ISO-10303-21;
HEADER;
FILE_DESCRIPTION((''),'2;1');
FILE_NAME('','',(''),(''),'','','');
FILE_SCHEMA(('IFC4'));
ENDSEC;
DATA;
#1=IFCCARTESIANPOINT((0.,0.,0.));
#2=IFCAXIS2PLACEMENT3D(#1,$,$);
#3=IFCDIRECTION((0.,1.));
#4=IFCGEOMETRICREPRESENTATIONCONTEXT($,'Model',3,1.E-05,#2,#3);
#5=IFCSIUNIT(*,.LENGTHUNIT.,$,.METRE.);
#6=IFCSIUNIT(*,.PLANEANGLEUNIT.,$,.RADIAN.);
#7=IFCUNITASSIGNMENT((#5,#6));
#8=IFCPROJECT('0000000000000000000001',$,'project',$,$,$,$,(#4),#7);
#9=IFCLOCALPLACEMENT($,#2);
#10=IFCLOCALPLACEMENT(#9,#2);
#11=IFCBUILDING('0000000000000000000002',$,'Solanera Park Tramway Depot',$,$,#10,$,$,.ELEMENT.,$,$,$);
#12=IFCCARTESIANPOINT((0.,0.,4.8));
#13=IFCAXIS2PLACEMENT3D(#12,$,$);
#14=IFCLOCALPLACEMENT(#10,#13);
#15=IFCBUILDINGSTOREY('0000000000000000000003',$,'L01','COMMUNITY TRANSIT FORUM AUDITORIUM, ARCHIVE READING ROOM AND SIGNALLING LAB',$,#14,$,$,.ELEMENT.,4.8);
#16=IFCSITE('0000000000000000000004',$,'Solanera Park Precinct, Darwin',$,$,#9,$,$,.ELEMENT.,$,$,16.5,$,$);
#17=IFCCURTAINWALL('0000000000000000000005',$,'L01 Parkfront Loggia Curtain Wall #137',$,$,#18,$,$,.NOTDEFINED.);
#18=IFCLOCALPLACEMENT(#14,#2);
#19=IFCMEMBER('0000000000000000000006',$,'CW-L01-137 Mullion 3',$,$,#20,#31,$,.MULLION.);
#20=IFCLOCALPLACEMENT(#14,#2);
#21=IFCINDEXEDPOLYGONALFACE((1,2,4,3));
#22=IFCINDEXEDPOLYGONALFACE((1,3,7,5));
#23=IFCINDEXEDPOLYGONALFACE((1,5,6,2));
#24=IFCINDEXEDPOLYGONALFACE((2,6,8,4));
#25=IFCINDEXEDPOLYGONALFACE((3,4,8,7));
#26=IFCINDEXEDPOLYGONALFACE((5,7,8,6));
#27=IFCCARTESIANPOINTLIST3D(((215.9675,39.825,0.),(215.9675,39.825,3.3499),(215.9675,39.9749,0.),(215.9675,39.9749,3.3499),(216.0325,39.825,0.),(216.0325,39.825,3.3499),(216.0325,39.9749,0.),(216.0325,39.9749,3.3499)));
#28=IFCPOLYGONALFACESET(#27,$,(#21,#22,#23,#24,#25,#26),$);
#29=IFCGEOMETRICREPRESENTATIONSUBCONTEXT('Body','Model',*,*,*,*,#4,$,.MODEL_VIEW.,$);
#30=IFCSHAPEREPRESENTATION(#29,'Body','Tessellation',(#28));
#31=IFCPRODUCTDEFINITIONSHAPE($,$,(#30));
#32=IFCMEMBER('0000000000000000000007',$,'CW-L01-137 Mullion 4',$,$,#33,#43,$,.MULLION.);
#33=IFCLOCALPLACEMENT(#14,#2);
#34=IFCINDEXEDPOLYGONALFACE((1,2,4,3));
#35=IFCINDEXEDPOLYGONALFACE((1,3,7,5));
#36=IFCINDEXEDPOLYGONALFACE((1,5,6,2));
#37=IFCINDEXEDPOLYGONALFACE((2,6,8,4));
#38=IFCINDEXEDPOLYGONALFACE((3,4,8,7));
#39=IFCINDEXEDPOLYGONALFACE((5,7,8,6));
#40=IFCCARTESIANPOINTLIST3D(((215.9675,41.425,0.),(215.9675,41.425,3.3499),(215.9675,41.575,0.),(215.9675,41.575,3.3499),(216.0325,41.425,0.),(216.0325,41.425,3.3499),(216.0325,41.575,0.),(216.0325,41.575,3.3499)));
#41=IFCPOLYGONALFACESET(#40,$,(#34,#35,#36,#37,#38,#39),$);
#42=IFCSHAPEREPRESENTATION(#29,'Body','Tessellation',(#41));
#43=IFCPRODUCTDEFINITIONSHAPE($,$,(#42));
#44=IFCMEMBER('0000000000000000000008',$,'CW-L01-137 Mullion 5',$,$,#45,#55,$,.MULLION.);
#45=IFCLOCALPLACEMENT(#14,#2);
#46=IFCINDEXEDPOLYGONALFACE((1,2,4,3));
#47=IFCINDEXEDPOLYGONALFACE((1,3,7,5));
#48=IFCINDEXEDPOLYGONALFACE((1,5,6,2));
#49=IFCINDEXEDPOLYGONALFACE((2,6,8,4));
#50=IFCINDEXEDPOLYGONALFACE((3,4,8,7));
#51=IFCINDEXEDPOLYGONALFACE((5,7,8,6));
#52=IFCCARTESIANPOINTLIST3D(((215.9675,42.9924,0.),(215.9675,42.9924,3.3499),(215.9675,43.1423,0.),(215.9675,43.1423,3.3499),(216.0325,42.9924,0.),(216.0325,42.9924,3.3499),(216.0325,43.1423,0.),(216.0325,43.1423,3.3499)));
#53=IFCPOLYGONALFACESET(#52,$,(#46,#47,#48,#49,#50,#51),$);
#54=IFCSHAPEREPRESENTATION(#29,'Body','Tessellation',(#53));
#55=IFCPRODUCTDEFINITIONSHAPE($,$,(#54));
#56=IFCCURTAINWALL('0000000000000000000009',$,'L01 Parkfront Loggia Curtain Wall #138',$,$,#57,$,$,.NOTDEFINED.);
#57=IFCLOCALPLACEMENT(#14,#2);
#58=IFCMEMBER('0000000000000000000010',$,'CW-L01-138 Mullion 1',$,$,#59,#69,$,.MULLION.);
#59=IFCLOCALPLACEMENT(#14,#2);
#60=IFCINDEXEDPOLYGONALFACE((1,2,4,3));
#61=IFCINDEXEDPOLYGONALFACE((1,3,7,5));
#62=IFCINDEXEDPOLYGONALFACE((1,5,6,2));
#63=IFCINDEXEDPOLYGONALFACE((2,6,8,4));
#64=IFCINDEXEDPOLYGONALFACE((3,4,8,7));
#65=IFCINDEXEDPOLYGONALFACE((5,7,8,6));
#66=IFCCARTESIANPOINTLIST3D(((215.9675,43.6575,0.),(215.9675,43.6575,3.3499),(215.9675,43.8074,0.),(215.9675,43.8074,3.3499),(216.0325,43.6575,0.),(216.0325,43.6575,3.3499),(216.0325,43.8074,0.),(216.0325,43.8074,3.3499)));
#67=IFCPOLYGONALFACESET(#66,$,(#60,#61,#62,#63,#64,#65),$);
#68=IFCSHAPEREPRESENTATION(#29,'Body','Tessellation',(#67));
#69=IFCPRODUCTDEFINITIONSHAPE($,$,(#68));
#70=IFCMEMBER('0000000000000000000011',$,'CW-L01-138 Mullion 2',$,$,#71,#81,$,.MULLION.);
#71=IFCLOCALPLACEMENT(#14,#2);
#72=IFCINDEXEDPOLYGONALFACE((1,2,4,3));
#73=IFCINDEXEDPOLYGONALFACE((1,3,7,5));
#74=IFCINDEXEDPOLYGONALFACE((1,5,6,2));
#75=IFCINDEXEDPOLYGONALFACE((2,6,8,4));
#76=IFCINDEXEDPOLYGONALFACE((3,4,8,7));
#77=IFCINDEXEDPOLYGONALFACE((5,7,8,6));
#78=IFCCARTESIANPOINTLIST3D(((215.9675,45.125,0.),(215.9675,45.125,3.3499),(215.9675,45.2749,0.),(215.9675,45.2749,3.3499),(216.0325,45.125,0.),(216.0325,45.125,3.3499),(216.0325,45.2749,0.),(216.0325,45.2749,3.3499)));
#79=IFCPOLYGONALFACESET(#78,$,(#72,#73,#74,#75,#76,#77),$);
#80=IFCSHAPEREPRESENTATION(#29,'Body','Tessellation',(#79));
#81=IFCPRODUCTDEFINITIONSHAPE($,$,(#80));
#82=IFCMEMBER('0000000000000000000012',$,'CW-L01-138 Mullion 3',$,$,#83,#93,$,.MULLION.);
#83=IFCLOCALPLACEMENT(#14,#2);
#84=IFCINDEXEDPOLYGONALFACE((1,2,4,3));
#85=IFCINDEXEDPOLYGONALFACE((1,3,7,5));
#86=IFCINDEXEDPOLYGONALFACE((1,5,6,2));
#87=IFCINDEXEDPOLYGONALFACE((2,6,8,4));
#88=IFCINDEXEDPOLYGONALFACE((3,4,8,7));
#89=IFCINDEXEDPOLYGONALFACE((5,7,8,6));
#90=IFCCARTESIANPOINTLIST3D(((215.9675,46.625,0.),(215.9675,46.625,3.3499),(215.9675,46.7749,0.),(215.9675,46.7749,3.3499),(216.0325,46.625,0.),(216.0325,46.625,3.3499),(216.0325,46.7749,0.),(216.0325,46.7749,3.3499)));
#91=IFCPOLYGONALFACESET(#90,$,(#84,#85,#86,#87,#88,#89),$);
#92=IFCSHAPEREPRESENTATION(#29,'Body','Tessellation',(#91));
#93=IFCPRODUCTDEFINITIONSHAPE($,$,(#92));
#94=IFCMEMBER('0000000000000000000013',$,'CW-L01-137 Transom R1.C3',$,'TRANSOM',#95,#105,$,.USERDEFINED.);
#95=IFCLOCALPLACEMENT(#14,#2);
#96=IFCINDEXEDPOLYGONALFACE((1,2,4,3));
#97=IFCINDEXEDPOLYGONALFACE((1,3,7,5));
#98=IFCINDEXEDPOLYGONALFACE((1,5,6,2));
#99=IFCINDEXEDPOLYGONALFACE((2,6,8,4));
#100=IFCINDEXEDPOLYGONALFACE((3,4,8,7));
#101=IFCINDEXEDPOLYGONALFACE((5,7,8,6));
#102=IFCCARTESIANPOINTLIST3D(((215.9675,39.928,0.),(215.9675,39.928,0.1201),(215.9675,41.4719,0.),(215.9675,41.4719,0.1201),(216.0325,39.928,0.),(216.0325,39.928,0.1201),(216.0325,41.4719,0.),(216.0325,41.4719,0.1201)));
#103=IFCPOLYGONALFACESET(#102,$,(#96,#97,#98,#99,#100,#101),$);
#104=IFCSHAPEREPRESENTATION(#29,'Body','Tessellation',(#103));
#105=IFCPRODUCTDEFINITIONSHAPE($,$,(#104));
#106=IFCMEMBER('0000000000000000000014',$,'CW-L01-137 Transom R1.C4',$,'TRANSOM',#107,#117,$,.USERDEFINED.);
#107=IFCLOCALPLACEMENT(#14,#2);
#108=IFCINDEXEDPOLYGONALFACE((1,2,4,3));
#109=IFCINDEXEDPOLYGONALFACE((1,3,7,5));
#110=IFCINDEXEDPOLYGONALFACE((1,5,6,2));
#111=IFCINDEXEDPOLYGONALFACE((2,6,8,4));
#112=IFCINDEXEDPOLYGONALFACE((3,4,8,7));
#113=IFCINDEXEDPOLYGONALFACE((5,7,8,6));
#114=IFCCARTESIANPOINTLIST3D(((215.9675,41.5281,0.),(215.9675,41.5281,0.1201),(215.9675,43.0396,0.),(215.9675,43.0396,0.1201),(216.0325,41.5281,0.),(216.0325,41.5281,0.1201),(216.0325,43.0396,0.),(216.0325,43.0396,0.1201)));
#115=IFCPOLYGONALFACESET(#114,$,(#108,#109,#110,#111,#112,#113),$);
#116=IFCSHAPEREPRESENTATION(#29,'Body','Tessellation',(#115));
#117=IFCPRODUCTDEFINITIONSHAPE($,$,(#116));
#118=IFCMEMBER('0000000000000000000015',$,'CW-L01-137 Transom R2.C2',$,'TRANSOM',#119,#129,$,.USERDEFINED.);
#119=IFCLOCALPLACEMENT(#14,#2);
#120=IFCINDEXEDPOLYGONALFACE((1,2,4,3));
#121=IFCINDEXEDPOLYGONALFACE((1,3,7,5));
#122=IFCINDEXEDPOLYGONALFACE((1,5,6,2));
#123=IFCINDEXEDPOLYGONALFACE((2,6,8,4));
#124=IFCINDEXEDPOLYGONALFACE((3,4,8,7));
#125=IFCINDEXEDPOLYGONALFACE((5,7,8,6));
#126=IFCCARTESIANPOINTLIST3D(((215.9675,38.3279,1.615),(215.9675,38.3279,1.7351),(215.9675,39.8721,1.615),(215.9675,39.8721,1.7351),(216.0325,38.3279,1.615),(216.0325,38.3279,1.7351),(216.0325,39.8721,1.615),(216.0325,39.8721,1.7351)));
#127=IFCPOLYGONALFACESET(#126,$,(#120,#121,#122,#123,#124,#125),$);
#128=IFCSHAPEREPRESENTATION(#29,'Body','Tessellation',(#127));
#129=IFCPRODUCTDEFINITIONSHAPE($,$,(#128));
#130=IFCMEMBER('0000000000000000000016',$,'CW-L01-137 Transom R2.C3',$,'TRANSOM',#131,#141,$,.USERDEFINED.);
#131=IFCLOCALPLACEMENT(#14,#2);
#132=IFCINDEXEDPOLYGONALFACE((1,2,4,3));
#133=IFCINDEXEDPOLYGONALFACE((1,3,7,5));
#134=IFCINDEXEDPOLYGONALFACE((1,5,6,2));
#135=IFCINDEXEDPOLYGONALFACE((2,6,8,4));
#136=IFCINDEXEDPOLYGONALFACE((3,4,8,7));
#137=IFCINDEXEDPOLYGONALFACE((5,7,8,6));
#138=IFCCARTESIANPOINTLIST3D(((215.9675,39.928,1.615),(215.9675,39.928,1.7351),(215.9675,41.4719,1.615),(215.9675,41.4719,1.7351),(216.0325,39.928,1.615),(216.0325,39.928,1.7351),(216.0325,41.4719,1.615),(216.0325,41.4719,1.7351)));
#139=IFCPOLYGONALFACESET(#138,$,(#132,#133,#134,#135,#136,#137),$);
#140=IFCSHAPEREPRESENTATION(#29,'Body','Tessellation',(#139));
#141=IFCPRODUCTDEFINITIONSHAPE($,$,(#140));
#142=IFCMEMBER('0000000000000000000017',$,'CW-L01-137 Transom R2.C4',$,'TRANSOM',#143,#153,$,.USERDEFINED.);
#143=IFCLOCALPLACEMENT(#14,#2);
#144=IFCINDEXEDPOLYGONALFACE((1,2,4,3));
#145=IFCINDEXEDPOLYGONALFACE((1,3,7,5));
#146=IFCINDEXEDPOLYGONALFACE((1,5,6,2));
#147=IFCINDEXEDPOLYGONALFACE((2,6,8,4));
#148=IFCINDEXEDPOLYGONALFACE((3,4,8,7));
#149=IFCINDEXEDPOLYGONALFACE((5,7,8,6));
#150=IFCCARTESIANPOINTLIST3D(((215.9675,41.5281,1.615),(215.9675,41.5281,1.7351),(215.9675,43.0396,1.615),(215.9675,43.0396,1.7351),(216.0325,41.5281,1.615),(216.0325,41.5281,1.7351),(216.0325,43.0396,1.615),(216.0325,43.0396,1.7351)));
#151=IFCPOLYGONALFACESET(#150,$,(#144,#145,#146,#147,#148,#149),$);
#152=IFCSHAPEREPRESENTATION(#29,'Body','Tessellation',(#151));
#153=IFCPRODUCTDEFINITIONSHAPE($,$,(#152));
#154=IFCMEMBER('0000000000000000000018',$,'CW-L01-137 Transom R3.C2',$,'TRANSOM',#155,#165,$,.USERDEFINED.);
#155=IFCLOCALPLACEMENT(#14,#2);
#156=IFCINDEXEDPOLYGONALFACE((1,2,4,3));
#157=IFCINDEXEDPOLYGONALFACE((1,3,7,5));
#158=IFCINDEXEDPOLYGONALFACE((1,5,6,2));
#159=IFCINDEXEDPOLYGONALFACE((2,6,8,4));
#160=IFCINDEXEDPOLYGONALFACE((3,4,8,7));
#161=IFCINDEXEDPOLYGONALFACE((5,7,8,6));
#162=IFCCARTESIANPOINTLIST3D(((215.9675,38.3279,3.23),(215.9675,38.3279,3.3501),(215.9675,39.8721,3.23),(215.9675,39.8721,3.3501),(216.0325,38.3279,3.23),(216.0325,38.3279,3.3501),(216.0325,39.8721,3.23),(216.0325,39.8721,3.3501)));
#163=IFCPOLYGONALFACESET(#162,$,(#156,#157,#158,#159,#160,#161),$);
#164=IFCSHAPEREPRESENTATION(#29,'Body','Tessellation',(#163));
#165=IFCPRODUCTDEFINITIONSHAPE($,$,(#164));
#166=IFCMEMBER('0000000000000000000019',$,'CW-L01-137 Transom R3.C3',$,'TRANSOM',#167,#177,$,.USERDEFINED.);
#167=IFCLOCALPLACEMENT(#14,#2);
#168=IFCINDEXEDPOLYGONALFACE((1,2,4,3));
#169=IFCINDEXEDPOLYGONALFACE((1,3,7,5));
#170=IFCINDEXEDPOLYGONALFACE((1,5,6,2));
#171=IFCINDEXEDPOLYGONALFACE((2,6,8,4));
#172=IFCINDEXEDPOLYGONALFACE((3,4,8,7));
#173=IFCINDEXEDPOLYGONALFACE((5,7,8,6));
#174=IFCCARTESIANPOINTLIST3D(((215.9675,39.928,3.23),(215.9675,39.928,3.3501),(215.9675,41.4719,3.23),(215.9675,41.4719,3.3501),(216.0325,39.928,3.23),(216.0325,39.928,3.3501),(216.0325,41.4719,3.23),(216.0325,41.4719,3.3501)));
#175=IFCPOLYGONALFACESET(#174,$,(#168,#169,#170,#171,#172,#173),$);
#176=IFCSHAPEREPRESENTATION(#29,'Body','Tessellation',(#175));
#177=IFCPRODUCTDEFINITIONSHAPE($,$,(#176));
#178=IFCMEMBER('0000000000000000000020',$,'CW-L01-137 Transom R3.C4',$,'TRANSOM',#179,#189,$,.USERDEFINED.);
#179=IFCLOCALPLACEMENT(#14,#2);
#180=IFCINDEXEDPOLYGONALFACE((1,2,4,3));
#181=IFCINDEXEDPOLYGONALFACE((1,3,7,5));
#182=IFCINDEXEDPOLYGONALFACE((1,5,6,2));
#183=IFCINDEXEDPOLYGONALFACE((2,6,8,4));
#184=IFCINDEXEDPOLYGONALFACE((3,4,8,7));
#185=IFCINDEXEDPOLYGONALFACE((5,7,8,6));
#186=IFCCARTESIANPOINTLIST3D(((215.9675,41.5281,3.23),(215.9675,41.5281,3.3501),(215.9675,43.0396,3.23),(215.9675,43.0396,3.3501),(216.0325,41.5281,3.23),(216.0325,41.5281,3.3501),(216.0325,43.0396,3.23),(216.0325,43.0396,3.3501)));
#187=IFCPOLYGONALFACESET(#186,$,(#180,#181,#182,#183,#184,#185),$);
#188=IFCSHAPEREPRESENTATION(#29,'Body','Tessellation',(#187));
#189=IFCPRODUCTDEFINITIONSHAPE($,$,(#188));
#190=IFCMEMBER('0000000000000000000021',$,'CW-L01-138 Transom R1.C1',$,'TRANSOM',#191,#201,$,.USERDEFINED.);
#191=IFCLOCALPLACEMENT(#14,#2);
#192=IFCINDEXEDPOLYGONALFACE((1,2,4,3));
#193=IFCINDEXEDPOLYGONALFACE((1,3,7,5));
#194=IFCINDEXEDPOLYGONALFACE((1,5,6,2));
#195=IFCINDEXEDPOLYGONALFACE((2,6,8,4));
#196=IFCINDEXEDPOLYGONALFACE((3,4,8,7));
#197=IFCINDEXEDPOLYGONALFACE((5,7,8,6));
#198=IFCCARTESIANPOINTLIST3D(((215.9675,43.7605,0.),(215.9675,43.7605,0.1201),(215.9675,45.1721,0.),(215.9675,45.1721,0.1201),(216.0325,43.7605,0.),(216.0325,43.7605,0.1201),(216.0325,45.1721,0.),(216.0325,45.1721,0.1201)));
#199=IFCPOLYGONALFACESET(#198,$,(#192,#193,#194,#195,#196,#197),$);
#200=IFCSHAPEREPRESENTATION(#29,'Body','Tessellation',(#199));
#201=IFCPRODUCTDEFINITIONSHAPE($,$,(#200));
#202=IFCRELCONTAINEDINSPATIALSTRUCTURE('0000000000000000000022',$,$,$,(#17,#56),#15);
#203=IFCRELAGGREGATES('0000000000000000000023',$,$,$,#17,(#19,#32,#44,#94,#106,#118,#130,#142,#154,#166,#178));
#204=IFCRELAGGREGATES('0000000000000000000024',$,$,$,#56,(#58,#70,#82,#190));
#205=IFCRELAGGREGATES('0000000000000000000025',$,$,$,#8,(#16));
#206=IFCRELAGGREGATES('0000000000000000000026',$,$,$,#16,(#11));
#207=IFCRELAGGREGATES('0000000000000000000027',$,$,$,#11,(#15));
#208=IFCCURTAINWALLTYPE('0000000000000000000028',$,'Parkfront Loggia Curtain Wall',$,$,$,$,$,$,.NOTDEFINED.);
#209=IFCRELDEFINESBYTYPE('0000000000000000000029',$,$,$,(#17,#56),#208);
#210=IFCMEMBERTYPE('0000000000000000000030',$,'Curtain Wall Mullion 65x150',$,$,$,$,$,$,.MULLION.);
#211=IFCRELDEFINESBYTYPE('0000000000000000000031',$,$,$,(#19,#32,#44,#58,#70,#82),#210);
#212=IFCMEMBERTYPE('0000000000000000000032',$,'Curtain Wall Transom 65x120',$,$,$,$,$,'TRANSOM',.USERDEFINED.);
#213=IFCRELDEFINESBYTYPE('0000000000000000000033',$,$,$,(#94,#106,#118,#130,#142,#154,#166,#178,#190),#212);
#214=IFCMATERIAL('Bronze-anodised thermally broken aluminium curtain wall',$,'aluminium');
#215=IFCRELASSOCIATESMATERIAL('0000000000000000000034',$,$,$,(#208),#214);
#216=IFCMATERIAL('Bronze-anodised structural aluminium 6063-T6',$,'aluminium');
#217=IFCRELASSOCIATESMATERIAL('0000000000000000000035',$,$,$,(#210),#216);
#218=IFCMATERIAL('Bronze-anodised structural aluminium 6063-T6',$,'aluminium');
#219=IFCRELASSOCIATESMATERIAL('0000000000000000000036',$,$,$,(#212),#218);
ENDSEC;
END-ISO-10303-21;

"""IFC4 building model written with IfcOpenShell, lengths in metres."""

from ifc_helpers import new_model, si_unit, direction, frame, origin, origin_2d, place, context, subcontext, project, spatial, rectangle, extrude, material, material_profile, profile_set, type_object, element, aggregate, save


model = new_model("IFC4")

# Units and contexts
model_context = context("Model", 3, precision=1e-05, world=origin(), true_north=direction((0.0, 1.0)))
body_context = subcontext(model_context, "Body", "Model", "MODEL_VIEW")
ifc_project = project(units=[si_unit("LENGTHUNIT", "METRE"), si_unit("PLANEANGLEUNIT", "RADIAN")], contexts=[model_context])

# Site, building, storey
site_placement = place(None, origin())
site = spatial("IfcSite", under=ifc_project, at=site_placement, Name="Solanera Park Precinct, Darwin", CompositionType="ELEMENT", RefElevation=16.5)
building_placement = place(site_placement, origin())
building = spatial("IfcBuilding", under=site, at=building_placement, Name="Solanera Park Tramway Depot", CompositionType="ELEMENT")
storey_placement = place(building_placement, frame((0.0, 0.0, 4.8)))
storey = spatial("IfcBuildingStorey", under=building, at=storey_placement, Name="L01", Description="COMMUNITY TRANSIT FORUM AUDITORIUM, ARCHIVE READING ROOM AND SIGNALLING LAB", CompositionType="ELEMENT", Elevation=4.8)

# Curtain walls, members
ifc_material_1 = material(Name="Bronze-anodised thermally broken aluminium curtain wall", Category="aluminium")
curtain_wall_type = type_object("IfcCurtainWallType", Name="Parkfront Loggia Curtain Wall", PredefinedType="NOTDEFINED", material=ifc_material_1)
curtain_wall_1_placement = place(storey_placement, origin())
curtain_wall_1 = element("IfcCurtainWall", 1, at=curtain_wall_1_placement, inside=storey, type_object=curtain_wall_type, Name="L01 Parkfront Loggia Curtain Wall #137", PredefinedType="NOTDEFINED")
ifc_material_2 = material(Name="Bronze-anodised structural aluminium 6063-T6", Category="aluminium")
ifc_material_profile_1 = material_profile(ifc_material_2, rectangle(XDim=0.0649, YDim=0.1499, at=origin_2d()), Name="Curtain Wall Mullion 65x150")
ifc_profile_set_1 = profile_set([ifc_material_profile_1], Name="Bronze-anodised structural aluminium 6063-T6")
member_type_1 = type_object("IfcMemberType", Name="Curtain Wall Mullion 65x150", PredefinedType="MULLION", material=ifc_profile_set_1)
member_1_placement = place(storey_placement, frame((216.0, 39.8999, 0.0), z_axis=(0.0, 0.0, 1.0), x_axis=(1.0, 0.0, 0.0)))
member_1 = element("IfcMember", 2, at=member_1_placement, type_object=member_type_1, Name="CW-L01-137 Mullion 3", PredefinedType="MULLION", context=body_context, shape_type="SweptSolid", body=[
    extrude(rectangle(XDim=0.0649, YDim=0.1499, at=origin_2d()), origin(), (0.0, 0.0, 1.0), 3.3499),
])
member_2_placement = place(storey_placement, frame((216.0, 41.5, 0.0), z_axis=(0.0, 0.0, 1.0), x_axis=(1.0, 0.0, 0.0)))
member_2 = element("IfcMember", 3, at=member_2_placement, type_object=member_type_1, Name="CW-L01-137 Mullion 4", PredefinedType="MULLION", context=body_context, shape_type="SweptSolid", body=[
    extrude(rectangle(XDim=0.0649, YDim=0.1499, at=origin_2d()), origin(), (0.0, 0.0, 1.0), 3.3499),
])
member_3_placement = place(storey_placement, frame((216.0, 43.0674, 0.0), z_axis=(0.0, 0.0, 1.0), x_axis=(1.0, 0.0, 0.0)))
member_3 = element("IfcMember", 4, at=member_3_placement, type_object=member_type_1, Name="CW-L01-137 Mullion 5", PredefinedType="MULLION", context=body_context, shape_type="SweptSolid", body=[
    extrude(rectangle(XDim=0.0649, YDim=0.1499, at=origin_2d()), origin(), (0.0, 0.0, 1.0), 3.3499),
])
curtain_wall_2_placement = place(storey_placement, origin())
curtain_wall_2 = element("IfcCurtainWall", 5, at=curtain_wall_2_placement, inside=storey, type_object=curtain_wall_type, Name="L01 Parkfront Loggia Curtain Wall #138", PredefinedType="NOTDEFINED")
member_4_placement = place(storey_placement, frame((216.0, 43.7324, 0.0), z_axis=(0.0, 0.0, 1.0), x_axis=(1.0, 0.0, 0.0)))
member_4 = element("IfcMember", 6, at=member_4_placement, type_object=member_type_1, Name="CW-L01-138 Mullion 1", PredefinedType="MULLION", context=body_context, shape_type="SweptSolid", body=[
    extrude(rectangle(XDim=0.0649, YDim=0.1499, at=origin_2d()), origin(), (0.0, 0.0, 1.0), 3.3499),
])
member_5_placement = place(storey_placement, frame((216.0, 45.2, 0.0), z_axis=(0.0, 0.0, 1.0), x_axis=(1.0, 0.0, 0.0)))
member_5 = element("IfcMember", 7, at=member_5_placement, type_object=member_type_1, Name="CW-L01-138 Mullion 2", PredefinedType="MULLION", context=body_context, shape_type="SweptSolid", body=[
    extrude(rectangle(XDim=0.0649, YDim=0.1499, at=origin_2d()), origin(), (0.0, 0.0, 1.0), 3.3499),
])
member_6_placement = place(storey_placement, frame((216.0, 46.7, 0.0), z_axis=(0.0, 0.0, 1.0), x_axis=(1.0, 0.0, 0.0)))
member_6 = element("IfcMember", 8, at=member_6_placement, type_object=member_type_1, Name="CW-L01-138 Mullion 3", PredefinedType="MULLION", context=body_context, shape_type="SweptSolid", body=[
    extrude(rectangle(XDim=0.0649, YDim=0.1499, at=origin_2d()), origin(), (0.0, 0.0, 1.0), 3.3499),
])

# Members
ifc_material_3 = material(Name="Bronze-anodised structural aluminium 6063-T6", Category="aluminium")
ifc_material_profile_2 = material_profile(ifc_material_3, rectangle(XDim=0.0649, YDim=0.1201, at=origin_2d()), Name="Curtain Wall Transom 65x120")
ifc_profile_set_2 = profile_set([ifc_material_profile_2], Name="Bronze-anodised structural aluminium 6063-T6")
member_type_2 = type_object("IfcMemberType", Name="Curtain Wall Transom 65x120", ElementType="TRANSOM", PredefinedType="USERDEFINED", material=ifc_profile_set_2)
member_7_placement = place(storey_placement, frame((216.0, 39.928, 0.0601), z_axis=(0.0, 1.0, 0.0), x_axis=(-1.0, 0.0, 0.0)))
member_7 = element("IfcMember", 9, at=member_7_placement, type_object=member_type_2, Name="CW-L01-137 Transom R1.C3", ObjectType="TRANSOM", PredefinedType="USERDEFINED", context=body_context, shape_type="SweptSolid", body=[
    extrude(rectangle(XDim=0.0649, YDim=0.1201, at=origin_2d()), origin(), (0.0, 0.0, 1.0), 1.5439),
])
member_8_placement = place(storey_placement, frame((216.0, 41.5281, 0.0601), z_axis=(0.0, 1.0, 0.0), x_axis=(-1.0, 0.0, 0.0)))
member_8 = element("IfcMember", 10, at=member_8_placement, type_object=member_type_2, Name="CW-L01-137 Transom R1.C4", ObjectType="TRANSOM", PredefinedType="USERDEFINED", context=body_context, shape_type="SweptSolid", body=[
    extrude(rectangle(XDim=0.0649, YDim=0.1201, at=origin_2d()), origin(), (0.0, 0.0, 1.0), 1.5115),
])
member_9_placement = place(storey_placement, frame((216.0, 38.3279, 1.675), z_axis=(0.0, 1.0, 0.0), x_axis=(-1.0, 0.0, 0.0)))
member_9 = element("IfcMember", 11, at=member_9_placement, type_object=member_type_2, Name="CW-L01-137 Transom R2.C2", ObjectType="TRANSOM", PredefinedType="USERDEFINED", context=body_context, shape_type="SweptSolid", body=[
    extrude(rectangle(XDim=0.0649, YDim=0.1201, at=origin_2d()), origin(), (0.0, 0.0, 1.0), 1.5442),
])
member_10_placement = place(storey_placement, frame((216.0, 39.928, 1.675), z_axis=(0.0, 1.0, 0.0), x_axis=(-1.0, 0.0, 0.0)))
member_10 = element("IfcMember", 12, at=member_10_placement, type_object=member_type_2, Name="CW-L01-137 Transom R2.C3", ObjectType="TRANSOM", PredefinedType="USERDEFINED", context=body_context, shape_type="SweptSolid", body=[
    extrude(rectangle(XDim=0.0649, YDim=0.1201, at=origin_2d()), origin(), (0.0, 0.0, 1.0), 1.5439),
])
member_11_placement = place(storey_placement, frame((216.0, 41.5281, 1.675), z_axis=(0.0, 1.0, 0.0), x_axis=(-1.0, 0.0, 0.0)))
member_11 = element("IfcMember", 13, at=member_11_placement, type_object=member_type_2, Name="CW-L01-137 Transom R2.C4", ObjectType="TRANSOM", PredefinedType="USERDEFINED", context=body_context, shape_type="SweptSolid", body=[
    extrude(rectangle(XDim=0.0649, YDim=0.1201, at=origin_2d()), origin(), (0.0, 0.0, 1.0), 1.5115),
])
member_12_placement = place(storey_placement, frame((216.0, 38.3279, 3.29), z_axis=(0.0, 1.0, 0.0), x_axis=(-1.0, 0.0, 0.0)))
member_12 = element("IfcMember", 14, at=member_12_placement, type_object=member_type_2, Name="CW-L01-137 Transom R3.C2", ObjectType="TRANSOM", PredefinedType="USERDEFINED", context=body_context, shape_type="SweptSolid", body=[
    extrude(rectangle(XDim=0.0649, YDim=0.1201, at=origin_2d()), origin(), (0.0, 0.0, 1.0), 1.5442),
])
member_13_placement = place(storey_placement, frame((216.0, 39.928, 3.29), z_axis=(0.0, 1.0, 0.0), x_axis=(-1.0, 0.0, 0.0)))
member_13 = element("IfcMember", 15, at=member_13_placement, type_object=member_type_2, Name="CW-L01-137 Transom R3.C3", ObjectType="TRANSOM", PredefinedType="USERDEFINED", context=body_context, shape_type="SweptSolid", body=[
    extrude(rectangle(XDim=0.0649, YDim=0.1201, at=origin_2d()), origin(), (0.0, 0.0, 1.0), 1.5439),
])
member_14_placement = place(storey_placement, frame((216.0, 41.5281, 3.29), z_axis=(0.0, 1.0, 0.0), x_axis=(-1.0, 0.0, 0.0)))
member_14 = element("IfcMember", 16, at=member_14_placement, type_object=member_type_2, Name="CW-L01-137 Transom R3.C4", ObjectType="TRANSOM", PredefinedType="USERDEFINED", context=body_context, shape_type="SweptSolid", body=[
    extrude(rectangle(XDim=0.0649, YDim=0.1201, at=origin_2d()), origin(), (0.0, 0.0, 1.0), 1.5115),
])
member_15_placement = place(storey_placement, frame((216.0, 43.7605, 0.0601), z_axis=(0.0, 1.0, 0.0), x_axis=(-1.0, 0.0, 0.0)))
member_15 = element("IfcMember", 17, at=member_15_placement, type_object=member_type_2, Name="CW-L01-138 Transom R1.C1", ObjectType="TRANSOM", PredefinedType="USERDEFINED", context=body_context, shape_type="SweptSolid", body=[
    extrude(rectangle(XDim=0.0649, YDim=0.1201, at=origin_2d()), origin(), (0.0, 0.0, 1.0), 1.4116),
])

aggregate(curtain_wall_1, [member_1, member_2, member_3, member_7, member_8, member_9, member_10, member_11, member_12, member_13, member_14])
aggregate(curtain_wall_2, [member_4, member_5, member_6, member_15])

save(model, "model.ifc")
